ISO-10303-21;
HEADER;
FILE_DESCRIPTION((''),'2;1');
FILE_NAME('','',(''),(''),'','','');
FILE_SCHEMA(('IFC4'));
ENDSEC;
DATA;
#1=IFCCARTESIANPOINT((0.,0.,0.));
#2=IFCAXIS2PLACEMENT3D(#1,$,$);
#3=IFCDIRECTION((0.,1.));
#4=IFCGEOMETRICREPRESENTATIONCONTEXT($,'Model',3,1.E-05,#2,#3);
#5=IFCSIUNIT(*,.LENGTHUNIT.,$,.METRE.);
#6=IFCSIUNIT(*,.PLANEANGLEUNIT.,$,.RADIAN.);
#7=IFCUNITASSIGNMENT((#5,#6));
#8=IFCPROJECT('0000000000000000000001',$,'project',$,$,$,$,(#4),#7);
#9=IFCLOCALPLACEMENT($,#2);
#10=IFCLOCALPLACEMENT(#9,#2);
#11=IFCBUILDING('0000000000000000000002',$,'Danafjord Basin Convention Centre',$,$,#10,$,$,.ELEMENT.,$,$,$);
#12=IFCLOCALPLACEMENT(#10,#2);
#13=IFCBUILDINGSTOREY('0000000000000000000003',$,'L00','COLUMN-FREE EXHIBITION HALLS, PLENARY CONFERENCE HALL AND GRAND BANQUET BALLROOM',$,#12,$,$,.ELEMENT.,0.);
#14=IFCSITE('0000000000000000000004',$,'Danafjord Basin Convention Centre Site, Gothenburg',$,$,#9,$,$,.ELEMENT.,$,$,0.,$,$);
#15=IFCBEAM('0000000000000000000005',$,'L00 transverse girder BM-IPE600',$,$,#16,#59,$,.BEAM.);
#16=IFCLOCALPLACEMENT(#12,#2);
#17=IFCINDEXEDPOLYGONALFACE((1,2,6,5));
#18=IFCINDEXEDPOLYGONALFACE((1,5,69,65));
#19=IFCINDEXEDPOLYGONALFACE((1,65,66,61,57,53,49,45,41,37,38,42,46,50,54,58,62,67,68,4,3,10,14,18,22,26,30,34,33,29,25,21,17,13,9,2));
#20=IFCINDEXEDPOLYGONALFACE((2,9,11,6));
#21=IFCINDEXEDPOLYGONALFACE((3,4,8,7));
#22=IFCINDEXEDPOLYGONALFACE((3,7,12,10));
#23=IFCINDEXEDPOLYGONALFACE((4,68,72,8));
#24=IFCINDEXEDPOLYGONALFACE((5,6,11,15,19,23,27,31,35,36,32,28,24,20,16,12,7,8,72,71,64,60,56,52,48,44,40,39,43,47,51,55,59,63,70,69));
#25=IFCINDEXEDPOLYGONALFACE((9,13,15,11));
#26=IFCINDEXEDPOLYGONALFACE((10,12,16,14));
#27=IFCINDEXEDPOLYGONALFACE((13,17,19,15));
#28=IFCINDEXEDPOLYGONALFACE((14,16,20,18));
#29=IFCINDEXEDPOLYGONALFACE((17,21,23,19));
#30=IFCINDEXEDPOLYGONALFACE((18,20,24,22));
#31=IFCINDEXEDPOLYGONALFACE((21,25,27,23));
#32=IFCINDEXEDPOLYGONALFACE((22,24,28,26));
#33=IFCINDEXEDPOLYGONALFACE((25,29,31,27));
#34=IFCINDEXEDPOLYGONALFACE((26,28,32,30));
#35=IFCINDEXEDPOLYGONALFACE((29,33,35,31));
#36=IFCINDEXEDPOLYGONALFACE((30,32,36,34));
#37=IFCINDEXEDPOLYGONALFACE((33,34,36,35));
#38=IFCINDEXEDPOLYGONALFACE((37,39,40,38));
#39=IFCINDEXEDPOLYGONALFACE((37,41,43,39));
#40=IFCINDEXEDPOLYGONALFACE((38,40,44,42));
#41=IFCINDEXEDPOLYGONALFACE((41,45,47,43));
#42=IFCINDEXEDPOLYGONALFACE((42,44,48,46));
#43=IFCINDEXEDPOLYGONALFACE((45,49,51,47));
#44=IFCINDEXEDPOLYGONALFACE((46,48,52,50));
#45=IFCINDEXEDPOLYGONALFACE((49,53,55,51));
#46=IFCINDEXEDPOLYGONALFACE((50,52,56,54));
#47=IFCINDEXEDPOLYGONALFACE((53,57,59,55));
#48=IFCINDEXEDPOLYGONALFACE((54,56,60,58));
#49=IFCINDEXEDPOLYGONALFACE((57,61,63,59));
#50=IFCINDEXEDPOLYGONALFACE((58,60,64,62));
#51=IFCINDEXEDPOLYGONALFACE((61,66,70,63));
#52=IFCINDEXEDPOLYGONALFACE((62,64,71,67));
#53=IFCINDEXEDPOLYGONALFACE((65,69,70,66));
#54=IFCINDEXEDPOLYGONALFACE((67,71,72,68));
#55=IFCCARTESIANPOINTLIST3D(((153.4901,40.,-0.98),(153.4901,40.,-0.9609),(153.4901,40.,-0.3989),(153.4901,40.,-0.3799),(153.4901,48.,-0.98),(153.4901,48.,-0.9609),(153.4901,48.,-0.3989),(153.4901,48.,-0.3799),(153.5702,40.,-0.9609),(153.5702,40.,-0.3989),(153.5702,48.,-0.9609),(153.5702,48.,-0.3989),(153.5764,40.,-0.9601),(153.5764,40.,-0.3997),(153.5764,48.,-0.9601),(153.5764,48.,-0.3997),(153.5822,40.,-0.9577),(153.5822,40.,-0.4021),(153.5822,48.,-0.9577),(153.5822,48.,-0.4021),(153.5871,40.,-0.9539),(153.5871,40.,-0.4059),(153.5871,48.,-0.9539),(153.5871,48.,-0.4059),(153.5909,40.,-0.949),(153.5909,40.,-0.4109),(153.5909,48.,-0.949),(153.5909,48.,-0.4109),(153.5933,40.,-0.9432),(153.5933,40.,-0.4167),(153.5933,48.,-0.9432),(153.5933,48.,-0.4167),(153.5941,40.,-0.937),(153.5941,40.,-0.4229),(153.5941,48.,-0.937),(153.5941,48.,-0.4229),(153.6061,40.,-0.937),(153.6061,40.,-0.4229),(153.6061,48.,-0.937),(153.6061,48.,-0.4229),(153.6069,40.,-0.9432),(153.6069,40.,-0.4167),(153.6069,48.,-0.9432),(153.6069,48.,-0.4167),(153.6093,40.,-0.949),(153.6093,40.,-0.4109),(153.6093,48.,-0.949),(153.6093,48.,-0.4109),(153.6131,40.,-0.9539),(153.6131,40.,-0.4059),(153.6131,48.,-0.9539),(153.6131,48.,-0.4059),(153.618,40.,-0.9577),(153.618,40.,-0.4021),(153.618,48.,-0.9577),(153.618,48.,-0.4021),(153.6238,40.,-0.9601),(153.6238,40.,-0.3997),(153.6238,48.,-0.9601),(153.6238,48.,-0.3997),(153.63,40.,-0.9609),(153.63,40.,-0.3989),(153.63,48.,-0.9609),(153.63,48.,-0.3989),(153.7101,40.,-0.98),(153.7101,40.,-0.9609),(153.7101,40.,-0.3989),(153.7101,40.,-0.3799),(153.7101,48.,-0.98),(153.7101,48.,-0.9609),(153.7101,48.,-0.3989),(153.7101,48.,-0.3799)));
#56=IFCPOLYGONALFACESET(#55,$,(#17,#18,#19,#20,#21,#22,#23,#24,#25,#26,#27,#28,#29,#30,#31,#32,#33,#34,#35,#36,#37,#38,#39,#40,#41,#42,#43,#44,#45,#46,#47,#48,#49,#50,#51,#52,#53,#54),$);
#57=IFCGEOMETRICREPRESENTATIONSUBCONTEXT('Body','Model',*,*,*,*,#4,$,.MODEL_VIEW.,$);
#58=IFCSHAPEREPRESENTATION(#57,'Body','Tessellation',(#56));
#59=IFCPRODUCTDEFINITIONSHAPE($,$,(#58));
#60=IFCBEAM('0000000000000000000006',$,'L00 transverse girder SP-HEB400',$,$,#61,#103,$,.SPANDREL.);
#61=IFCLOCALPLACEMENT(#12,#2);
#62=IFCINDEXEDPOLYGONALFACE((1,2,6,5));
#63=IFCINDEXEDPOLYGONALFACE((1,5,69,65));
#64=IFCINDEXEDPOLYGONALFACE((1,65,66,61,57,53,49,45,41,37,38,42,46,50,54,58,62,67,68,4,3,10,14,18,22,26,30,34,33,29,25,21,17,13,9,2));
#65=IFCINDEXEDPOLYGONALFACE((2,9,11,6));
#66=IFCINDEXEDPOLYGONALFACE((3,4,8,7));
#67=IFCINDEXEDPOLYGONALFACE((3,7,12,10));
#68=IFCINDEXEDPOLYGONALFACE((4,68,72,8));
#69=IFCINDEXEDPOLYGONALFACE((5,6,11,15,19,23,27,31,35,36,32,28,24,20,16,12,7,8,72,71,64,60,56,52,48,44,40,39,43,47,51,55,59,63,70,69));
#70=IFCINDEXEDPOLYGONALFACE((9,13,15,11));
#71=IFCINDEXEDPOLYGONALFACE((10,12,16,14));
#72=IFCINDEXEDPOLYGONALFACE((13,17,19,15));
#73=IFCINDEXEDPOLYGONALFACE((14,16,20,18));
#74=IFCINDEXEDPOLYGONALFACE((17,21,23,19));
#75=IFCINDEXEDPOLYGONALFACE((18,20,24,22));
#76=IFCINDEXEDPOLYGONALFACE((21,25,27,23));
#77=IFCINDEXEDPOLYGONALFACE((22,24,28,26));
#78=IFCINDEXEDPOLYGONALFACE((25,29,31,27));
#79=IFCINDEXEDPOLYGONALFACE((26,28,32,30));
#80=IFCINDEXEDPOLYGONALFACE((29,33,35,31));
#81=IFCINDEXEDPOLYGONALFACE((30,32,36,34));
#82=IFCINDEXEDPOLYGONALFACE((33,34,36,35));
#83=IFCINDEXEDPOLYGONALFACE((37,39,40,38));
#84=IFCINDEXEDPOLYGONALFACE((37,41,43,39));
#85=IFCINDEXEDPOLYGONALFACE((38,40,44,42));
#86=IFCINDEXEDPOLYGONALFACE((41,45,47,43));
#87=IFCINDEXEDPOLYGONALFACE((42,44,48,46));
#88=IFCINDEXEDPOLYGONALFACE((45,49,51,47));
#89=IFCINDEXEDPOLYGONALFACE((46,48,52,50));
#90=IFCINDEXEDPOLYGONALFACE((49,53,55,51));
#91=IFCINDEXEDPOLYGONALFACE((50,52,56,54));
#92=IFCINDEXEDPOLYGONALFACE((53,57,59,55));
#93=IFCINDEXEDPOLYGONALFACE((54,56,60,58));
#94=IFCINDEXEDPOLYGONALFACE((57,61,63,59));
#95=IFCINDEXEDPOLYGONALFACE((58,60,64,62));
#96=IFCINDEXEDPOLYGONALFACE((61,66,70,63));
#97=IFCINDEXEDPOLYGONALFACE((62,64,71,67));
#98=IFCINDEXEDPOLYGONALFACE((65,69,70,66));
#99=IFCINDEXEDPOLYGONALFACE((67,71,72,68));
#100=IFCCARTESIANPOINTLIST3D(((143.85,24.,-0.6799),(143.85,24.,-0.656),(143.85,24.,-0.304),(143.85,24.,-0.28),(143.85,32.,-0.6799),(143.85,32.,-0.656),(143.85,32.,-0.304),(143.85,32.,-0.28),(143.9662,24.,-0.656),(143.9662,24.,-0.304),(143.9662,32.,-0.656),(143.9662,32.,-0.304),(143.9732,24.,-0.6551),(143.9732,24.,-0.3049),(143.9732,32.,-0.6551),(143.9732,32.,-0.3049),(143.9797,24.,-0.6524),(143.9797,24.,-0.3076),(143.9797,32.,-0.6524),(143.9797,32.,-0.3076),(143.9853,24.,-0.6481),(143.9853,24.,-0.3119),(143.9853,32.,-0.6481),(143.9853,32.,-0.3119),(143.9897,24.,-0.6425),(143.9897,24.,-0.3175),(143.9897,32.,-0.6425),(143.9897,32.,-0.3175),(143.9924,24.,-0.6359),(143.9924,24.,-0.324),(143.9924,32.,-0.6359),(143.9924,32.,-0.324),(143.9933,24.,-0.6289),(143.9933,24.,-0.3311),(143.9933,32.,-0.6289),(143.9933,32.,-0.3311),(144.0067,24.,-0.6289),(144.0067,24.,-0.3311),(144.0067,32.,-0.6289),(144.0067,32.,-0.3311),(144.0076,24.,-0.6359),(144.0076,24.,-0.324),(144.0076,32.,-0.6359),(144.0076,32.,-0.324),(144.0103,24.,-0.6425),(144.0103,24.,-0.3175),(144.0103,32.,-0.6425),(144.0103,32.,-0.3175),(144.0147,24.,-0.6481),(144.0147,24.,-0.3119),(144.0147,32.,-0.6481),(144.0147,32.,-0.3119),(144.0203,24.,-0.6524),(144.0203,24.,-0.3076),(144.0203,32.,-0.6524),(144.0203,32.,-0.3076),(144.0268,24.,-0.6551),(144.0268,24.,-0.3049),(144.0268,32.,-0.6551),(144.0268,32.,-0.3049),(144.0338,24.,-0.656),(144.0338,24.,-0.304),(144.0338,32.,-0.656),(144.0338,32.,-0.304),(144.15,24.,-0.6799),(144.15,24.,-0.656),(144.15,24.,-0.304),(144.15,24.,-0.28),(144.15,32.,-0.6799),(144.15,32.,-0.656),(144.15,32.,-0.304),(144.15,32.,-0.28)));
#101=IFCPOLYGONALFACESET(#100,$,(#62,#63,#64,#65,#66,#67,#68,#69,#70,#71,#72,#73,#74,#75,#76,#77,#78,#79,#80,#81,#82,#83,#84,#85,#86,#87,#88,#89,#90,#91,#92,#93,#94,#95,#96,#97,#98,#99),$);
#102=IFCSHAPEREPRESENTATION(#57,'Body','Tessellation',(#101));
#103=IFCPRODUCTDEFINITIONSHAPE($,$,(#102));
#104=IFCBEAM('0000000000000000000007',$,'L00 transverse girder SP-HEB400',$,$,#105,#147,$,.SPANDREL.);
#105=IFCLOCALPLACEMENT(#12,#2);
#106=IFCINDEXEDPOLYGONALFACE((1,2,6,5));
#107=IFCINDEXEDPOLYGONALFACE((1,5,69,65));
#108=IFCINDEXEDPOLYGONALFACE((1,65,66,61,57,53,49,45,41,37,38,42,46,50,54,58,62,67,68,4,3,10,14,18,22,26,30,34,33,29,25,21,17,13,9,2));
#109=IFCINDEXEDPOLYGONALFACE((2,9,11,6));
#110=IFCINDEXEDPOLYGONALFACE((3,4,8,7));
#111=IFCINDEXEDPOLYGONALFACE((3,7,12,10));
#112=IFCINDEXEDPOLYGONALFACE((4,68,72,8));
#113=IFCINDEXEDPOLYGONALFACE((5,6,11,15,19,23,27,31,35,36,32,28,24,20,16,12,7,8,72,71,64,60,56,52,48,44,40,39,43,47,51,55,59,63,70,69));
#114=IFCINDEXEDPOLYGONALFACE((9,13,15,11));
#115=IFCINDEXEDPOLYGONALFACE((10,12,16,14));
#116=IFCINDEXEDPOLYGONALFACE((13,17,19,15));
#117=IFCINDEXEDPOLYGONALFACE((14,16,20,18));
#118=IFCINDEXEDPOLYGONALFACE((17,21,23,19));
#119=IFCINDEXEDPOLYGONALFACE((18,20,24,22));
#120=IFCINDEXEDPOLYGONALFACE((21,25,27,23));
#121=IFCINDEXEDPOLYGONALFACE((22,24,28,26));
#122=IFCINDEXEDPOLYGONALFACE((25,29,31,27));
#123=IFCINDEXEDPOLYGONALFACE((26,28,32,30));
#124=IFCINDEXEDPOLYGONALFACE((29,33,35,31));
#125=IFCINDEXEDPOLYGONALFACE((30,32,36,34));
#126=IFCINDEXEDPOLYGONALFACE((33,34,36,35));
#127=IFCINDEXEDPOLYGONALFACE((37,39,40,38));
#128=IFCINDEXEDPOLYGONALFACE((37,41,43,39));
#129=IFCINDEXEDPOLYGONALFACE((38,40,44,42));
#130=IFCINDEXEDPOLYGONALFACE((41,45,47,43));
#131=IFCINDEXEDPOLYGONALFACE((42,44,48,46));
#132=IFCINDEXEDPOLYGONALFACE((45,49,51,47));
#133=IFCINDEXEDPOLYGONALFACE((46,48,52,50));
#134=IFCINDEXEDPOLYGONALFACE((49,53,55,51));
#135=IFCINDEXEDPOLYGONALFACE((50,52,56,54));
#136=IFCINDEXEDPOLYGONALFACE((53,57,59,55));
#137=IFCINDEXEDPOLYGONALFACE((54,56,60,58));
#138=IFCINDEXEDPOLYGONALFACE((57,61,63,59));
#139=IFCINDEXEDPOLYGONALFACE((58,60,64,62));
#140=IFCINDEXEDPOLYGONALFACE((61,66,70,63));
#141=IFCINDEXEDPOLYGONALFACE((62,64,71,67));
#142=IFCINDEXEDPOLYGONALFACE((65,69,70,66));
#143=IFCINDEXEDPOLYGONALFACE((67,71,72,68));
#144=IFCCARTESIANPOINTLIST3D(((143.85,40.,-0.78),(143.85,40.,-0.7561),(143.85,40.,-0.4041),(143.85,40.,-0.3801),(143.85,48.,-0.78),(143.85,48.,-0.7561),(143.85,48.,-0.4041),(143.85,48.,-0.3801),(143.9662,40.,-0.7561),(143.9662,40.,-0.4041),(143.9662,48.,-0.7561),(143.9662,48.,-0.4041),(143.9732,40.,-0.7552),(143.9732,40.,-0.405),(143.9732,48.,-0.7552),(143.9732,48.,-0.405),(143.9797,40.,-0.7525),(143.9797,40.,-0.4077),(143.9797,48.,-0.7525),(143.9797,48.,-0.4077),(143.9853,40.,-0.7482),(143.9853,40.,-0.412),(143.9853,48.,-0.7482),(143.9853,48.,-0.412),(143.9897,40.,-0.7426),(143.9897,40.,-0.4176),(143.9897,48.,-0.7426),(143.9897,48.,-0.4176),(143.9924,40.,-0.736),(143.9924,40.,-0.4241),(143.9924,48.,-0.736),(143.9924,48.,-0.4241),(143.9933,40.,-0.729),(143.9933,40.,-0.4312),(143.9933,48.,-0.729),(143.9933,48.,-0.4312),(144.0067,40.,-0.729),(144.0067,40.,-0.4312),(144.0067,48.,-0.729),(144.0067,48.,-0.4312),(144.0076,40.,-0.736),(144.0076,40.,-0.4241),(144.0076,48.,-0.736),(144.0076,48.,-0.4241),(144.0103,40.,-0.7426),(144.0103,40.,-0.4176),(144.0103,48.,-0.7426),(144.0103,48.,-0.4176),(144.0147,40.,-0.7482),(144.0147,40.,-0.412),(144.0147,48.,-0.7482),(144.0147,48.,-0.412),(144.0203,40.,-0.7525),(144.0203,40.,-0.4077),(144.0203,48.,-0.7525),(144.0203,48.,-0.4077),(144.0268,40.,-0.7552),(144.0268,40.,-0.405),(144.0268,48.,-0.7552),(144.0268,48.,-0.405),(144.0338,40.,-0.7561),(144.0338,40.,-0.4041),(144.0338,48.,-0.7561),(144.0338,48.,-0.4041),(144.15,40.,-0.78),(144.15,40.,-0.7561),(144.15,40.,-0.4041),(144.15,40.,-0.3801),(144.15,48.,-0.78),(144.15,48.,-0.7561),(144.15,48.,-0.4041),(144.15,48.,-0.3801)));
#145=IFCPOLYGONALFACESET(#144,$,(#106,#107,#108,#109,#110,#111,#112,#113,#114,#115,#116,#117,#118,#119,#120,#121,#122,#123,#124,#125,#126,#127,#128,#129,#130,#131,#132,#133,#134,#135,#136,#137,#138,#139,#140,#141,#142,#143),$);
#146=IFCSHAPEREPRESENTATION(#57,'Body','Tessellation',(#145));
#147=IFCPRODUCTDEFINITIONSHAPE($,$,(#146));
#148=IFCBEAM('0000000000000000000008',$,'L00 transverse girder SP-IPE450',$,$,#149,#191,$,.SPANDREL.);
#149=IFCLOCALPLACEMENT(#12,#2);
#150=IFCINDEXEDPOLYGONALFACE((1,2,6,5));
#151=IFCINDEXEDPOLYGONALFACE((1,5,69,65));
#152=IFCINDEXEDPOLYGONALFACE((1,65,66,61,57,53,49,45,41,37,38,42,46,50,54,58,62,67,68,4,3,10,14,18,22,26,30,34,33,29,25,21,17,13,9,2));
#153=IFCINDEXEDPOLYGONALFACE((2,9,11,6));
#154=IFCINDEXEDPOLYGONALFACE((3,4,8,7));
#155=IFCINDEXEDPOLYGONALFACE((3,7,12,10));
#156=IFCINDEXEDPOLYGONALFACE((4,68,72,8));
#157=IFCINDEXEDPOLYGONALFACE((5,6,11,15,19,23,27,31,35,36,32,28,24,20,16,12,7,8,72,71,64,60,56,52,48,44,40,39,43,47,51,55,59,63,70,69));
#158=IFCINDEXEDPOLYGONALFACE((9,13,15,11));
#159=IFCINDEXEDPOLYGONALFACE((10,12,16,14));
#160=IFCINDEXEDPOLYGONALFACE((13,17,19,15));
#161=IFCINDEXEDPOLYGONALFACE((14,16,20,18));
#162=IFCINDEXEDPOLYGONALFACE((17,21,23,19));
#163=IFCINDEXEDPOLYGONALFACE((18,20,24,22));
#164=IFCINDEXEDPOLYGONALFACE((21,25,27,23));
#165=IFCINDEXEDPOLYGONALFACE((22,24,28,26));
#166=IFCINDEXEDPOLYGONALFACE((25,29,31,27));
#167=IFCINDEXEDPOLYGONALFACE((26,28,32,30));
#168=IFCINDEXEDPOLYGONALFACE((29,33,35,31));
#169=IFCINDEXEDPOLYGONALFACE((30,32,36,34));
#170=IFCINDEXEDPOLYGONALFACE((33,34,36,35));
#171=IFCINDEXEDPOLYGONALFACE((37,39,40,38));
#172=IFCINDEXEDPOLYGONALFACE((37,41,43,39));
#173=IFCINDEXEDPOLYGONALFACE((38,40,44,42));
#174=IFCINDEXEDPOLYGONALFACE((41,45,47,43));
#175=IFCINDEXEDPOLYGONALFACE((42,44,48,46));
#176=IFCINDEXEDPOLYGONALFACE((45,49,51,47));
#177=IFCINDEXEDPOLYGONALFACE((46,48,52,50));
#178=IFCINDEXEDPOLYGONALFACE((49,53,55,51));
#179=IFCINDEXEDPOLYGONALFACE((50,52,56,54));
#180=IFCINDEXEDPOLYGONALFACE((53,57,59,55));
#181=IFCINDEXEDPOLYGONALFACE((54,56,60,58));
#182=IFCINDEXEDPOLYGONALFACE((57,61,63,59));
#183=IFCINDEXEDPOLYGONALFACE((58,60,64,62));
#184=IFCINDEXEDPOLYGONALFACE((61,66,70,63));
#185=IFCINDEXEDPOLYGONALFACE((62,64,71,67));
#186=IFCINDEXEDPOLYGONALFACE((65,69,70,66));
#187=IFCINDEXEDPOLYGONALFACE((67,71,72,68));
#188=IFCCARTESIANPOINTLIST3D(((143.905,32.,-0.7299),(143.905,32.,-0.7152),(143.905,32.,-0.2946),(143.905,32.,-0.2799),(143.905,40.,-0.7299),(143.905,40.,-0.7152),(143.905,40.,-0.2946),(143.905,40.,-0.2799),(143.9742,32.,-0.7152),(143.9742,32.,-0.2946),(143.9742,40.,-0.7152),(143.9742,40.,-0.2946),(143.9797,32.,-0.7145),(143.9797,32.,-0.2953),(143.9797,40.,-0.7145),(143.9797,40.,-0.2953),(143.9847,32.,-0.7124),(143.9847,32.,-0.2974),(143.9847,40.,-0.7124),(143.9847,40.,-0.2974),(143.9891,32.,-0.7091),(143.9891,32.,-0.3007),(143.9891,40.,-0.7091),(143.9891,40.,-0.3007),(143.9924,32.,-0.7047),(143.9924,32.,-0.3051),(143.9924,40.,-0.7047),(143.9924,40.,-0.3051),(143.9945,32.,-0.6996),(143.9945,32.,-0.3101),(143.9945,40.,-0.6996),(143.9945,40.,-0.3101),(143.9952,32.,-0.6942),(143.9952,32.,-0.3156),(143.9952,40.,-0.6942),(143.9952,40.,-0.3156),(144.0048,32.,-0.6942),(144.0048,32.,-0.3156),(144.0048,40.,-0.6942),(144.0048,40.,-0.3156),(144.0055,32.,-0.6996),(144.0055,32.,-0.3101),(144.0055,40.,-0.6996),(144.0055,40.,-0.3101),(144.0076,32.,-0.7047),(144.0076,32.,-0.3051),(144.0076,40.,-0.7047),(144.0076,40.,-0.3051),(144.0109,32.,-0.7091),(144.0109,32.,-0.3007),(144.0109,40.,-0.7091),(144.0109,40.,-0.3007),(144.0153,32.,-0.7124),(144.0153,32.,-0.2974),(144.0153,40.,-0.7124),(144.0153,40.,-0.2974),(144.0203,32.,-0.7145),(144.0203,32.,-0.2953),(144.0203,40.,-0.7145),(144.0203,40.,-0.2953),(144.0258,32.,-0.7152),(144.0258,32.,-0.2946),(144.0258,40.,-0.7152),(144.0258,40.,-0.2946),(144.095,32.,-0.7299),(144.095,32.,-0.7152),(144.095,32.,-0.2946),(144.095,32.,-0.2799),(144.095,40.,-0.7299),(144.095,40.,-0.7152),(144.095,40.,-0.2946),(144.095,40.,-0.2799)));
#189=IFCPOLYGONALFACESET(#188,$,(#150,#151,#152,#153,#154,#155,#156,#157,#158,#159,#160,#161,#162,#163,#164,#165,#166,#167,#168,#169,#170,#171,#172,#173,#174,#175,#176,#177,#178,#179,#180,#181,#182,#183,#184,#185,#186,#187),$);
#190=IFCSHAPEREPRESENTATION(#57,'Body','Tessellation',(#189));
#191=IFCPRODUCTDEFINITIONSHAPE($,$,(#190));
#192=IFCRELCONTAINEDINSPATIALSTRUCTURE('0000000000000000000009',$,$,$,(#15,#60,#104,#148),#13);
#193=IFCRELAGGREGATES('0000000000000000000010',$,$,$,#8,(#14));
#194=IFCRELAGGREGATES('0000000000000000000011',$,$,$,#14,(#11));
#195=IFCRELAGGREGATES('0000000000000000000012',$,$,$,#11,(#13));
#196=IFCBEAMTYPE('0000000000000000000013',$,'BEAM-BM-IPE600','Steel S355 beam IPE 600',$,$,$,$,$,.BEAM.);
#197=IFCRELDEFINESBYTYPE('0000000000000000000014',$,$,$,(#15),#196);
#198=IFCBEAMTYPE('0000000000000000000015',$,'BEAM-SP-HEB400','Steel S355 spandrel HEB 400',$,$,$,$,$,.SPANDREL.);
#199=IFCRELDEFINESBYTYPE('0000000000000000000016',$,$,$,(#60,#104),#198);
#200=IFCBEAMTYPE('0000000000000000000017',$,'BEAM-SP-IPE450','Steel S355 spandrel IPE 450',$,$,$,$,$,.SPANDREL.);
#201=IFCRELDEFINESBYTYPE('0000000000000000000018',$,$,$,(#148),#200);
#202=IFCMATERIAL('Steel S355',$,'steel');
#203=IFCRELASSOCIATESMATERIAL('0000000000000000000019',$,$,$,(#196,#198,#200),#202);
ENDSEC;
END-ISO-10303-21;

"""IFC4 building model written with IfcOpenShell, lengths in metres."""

from ifc_helpers import new_model, si_unit, direction, frame, origin, origin_2d, place, context, subcontext, project, spatial, i_section, extrude, material, material_profile, profile_set, type_object, element, save


model = new_model("IFC4")

# Units and contexts
model_context = context("Model", 3, precision=1e-05, world=origin(), true_north=direction((0.0, 1.0)))
body_context = subcontext(model_context, "Body", "Model", "MODEL_VIEW")
ifc_project = project(units=[si_unit("LENGTHUNIT", "METRE"), si_unit("PLANEANGLEUNIT", "RADIAN")], contexts=[model_context])

# Site, building, storey
site_placement = place(None, origin())
site = spatial("IfcSite", under=ifc_project, at=site_placement, Name="Danafjord Basin Convention Centre Site, Gothenburg", CompositionType="ELEMENT", RefElevation=0.0)
building_placement = place(site_placement, origin())
building = spatial("IfcBuilding", under=site, at=building_placement, Name="Danafjord Basin Convention Centre", CompositionType="ELEMENT")
storey_placement = place(building_placement, origin())
storey = spatial("IfcBuildingStorey", under=building, at=storey_placement, Name="L00", Description="COLUMN-FREE EXHIBITION HALLS, PLENARY CONFERENCE HALL AND GRAND BANQUET BALLROOM", CompositionType="ELEMENT", Elevation=0.0)

# Shared definitions
ifc_material_1 = material(Name="Steel S355", Category="steel")

# Beams
ifc_material_profile_1 = material_profile(ifc_material_1, i_section(OverallWidth=0.22, OverallDepth=0.6001, WebThickness=0.012, FlangeThickness=0.019, FilletRadius=0.0239, at=origin_2d()), Name="IPE 600")
ifc_profile_set_1 = profile_set([ifc_material_profile_1], Name="Steel S355")
beam_type_1 = type_object("IfcBeamType", Name="BEAM-BM-IPE600", Description="Steel S355 beam IPE 600", PredefinedType="BEAM", material=ifc_profile_set_1)
beam_1_placement = place(storey_placement, frame((153.6001, 40.0, -0.6799), z_axis=(0.0, 1.0, 0.0), x_axis=(-1.0, 0.0, 0.0)))
element("IfcBeam", 1, at=beam_1_placement, inside=storey, type_object=beam_type_1, Name="L00 transverse girder BM-IPE600", PredefinedType="BEAM", context=body_context, shape_type="SweptSolid", body=[
    extrude(i_section(OverallWidth=0.22, OverallDepth=0.6001, WebThickness=0.012, FlangeThickness=0.019, FilletRadius=0.0239, at=origin_2d()), origin(), (0.0, 0.0, 1.0), 8.0),
])
ifc_material_profile_2 = material_profile(ifc_material_1, i_section(OverallWidth=0.3, OverallDepth=0.3999, WebThickness=0.0134, FlangeThickness=0.0239, FilletRadius=0.0271, at=origin_2d()), Name="HEB 400")
ifc_profile_set_2 = profile_set([ifc_material_profile_2], Name="Steel S355")
beam_type_2 = type_object("IfcBeamType", Name="BEAM-SP-HEB400", Description="Steel S355 spandrel HEB 400", PredefinedType="SPANDREL", material=ifc_profile_set_2)
for number, where, z_axis, x_axis, name in (
    (2, (144.0, 24.0, -0.48), (0.0, 1.0, 0.0), (-1.0, 0.0, 0.0), "L00 transverse girder SP-HEB400"),
    (3, (144.0, 40.0, -0.5801), (0.0, 1.0, 0.0), (-1.0, 0.0, 0.0), "L00 transverse girder SP-HEB400"),
):
    element("IfcBeam", number, at=place(storey_placement, frame(where, z_axis=z_axis, x_axis=x_axis)), inside=storey, type_object=beam_type_2, Name=name, PredefinedType="SPANDREL", context=body_context, shape_type="SweptSolid", body=[
        extrude(i_section(OverallWidth=0.3, OverallDepth=0.3999, WebThickness=0.0134, FlangeThickness=0.0239, FilletRadius=0.0271, at=origin_2d()), origin(), (0.0, 0.0, 1.0), 8.0),
    ])
ifc_material_profile_3 = material_profile(ifc_material_1, i_section(OverallWidth=0.1899, OverallDepth=0.45, WebThickness=0.0095, FlangeThickness=0.0146, FilletRadius=0.021, at=origin_2d()), Name="IPE 450")
ifc_profile_set_3 = profile_set([ifc_material_profile_3], Name="Steel S355")
beam_type_3 = type_object("IfcBeamType", Name="BEAM-SP-IPE450", Description="Steel S355 spandrel IPE 450", PredefinedType="SPANDREL", material=ifc_profile_set_3)
beam_2_placement = place(storey_placement, frame((144.0, 32.0, -0.5049), z_axis=(0.0, 1.0, 0.0), x_axis=(-1.0, 0.0, 0.0)))
element("IfcBeam", 4, at=beam_2_placement, inside=storey, type_object=beam_type_3, Name="L00 transverse girder SP-IPE450", PredefinedType="SPANDREL", context=body_context, shape_type="SweptSolid", body=[
    extrude(i_section(OverallWidth=0.1899, OverallDepth=0.45, WebThickness=0.0095, FlangeThickness=0.0146, FilletRadius=0.021, at=origin_2d()), origin(), (0.0, 0.0, 1.0), 8.0),
])

save(model, "model.ifc")
